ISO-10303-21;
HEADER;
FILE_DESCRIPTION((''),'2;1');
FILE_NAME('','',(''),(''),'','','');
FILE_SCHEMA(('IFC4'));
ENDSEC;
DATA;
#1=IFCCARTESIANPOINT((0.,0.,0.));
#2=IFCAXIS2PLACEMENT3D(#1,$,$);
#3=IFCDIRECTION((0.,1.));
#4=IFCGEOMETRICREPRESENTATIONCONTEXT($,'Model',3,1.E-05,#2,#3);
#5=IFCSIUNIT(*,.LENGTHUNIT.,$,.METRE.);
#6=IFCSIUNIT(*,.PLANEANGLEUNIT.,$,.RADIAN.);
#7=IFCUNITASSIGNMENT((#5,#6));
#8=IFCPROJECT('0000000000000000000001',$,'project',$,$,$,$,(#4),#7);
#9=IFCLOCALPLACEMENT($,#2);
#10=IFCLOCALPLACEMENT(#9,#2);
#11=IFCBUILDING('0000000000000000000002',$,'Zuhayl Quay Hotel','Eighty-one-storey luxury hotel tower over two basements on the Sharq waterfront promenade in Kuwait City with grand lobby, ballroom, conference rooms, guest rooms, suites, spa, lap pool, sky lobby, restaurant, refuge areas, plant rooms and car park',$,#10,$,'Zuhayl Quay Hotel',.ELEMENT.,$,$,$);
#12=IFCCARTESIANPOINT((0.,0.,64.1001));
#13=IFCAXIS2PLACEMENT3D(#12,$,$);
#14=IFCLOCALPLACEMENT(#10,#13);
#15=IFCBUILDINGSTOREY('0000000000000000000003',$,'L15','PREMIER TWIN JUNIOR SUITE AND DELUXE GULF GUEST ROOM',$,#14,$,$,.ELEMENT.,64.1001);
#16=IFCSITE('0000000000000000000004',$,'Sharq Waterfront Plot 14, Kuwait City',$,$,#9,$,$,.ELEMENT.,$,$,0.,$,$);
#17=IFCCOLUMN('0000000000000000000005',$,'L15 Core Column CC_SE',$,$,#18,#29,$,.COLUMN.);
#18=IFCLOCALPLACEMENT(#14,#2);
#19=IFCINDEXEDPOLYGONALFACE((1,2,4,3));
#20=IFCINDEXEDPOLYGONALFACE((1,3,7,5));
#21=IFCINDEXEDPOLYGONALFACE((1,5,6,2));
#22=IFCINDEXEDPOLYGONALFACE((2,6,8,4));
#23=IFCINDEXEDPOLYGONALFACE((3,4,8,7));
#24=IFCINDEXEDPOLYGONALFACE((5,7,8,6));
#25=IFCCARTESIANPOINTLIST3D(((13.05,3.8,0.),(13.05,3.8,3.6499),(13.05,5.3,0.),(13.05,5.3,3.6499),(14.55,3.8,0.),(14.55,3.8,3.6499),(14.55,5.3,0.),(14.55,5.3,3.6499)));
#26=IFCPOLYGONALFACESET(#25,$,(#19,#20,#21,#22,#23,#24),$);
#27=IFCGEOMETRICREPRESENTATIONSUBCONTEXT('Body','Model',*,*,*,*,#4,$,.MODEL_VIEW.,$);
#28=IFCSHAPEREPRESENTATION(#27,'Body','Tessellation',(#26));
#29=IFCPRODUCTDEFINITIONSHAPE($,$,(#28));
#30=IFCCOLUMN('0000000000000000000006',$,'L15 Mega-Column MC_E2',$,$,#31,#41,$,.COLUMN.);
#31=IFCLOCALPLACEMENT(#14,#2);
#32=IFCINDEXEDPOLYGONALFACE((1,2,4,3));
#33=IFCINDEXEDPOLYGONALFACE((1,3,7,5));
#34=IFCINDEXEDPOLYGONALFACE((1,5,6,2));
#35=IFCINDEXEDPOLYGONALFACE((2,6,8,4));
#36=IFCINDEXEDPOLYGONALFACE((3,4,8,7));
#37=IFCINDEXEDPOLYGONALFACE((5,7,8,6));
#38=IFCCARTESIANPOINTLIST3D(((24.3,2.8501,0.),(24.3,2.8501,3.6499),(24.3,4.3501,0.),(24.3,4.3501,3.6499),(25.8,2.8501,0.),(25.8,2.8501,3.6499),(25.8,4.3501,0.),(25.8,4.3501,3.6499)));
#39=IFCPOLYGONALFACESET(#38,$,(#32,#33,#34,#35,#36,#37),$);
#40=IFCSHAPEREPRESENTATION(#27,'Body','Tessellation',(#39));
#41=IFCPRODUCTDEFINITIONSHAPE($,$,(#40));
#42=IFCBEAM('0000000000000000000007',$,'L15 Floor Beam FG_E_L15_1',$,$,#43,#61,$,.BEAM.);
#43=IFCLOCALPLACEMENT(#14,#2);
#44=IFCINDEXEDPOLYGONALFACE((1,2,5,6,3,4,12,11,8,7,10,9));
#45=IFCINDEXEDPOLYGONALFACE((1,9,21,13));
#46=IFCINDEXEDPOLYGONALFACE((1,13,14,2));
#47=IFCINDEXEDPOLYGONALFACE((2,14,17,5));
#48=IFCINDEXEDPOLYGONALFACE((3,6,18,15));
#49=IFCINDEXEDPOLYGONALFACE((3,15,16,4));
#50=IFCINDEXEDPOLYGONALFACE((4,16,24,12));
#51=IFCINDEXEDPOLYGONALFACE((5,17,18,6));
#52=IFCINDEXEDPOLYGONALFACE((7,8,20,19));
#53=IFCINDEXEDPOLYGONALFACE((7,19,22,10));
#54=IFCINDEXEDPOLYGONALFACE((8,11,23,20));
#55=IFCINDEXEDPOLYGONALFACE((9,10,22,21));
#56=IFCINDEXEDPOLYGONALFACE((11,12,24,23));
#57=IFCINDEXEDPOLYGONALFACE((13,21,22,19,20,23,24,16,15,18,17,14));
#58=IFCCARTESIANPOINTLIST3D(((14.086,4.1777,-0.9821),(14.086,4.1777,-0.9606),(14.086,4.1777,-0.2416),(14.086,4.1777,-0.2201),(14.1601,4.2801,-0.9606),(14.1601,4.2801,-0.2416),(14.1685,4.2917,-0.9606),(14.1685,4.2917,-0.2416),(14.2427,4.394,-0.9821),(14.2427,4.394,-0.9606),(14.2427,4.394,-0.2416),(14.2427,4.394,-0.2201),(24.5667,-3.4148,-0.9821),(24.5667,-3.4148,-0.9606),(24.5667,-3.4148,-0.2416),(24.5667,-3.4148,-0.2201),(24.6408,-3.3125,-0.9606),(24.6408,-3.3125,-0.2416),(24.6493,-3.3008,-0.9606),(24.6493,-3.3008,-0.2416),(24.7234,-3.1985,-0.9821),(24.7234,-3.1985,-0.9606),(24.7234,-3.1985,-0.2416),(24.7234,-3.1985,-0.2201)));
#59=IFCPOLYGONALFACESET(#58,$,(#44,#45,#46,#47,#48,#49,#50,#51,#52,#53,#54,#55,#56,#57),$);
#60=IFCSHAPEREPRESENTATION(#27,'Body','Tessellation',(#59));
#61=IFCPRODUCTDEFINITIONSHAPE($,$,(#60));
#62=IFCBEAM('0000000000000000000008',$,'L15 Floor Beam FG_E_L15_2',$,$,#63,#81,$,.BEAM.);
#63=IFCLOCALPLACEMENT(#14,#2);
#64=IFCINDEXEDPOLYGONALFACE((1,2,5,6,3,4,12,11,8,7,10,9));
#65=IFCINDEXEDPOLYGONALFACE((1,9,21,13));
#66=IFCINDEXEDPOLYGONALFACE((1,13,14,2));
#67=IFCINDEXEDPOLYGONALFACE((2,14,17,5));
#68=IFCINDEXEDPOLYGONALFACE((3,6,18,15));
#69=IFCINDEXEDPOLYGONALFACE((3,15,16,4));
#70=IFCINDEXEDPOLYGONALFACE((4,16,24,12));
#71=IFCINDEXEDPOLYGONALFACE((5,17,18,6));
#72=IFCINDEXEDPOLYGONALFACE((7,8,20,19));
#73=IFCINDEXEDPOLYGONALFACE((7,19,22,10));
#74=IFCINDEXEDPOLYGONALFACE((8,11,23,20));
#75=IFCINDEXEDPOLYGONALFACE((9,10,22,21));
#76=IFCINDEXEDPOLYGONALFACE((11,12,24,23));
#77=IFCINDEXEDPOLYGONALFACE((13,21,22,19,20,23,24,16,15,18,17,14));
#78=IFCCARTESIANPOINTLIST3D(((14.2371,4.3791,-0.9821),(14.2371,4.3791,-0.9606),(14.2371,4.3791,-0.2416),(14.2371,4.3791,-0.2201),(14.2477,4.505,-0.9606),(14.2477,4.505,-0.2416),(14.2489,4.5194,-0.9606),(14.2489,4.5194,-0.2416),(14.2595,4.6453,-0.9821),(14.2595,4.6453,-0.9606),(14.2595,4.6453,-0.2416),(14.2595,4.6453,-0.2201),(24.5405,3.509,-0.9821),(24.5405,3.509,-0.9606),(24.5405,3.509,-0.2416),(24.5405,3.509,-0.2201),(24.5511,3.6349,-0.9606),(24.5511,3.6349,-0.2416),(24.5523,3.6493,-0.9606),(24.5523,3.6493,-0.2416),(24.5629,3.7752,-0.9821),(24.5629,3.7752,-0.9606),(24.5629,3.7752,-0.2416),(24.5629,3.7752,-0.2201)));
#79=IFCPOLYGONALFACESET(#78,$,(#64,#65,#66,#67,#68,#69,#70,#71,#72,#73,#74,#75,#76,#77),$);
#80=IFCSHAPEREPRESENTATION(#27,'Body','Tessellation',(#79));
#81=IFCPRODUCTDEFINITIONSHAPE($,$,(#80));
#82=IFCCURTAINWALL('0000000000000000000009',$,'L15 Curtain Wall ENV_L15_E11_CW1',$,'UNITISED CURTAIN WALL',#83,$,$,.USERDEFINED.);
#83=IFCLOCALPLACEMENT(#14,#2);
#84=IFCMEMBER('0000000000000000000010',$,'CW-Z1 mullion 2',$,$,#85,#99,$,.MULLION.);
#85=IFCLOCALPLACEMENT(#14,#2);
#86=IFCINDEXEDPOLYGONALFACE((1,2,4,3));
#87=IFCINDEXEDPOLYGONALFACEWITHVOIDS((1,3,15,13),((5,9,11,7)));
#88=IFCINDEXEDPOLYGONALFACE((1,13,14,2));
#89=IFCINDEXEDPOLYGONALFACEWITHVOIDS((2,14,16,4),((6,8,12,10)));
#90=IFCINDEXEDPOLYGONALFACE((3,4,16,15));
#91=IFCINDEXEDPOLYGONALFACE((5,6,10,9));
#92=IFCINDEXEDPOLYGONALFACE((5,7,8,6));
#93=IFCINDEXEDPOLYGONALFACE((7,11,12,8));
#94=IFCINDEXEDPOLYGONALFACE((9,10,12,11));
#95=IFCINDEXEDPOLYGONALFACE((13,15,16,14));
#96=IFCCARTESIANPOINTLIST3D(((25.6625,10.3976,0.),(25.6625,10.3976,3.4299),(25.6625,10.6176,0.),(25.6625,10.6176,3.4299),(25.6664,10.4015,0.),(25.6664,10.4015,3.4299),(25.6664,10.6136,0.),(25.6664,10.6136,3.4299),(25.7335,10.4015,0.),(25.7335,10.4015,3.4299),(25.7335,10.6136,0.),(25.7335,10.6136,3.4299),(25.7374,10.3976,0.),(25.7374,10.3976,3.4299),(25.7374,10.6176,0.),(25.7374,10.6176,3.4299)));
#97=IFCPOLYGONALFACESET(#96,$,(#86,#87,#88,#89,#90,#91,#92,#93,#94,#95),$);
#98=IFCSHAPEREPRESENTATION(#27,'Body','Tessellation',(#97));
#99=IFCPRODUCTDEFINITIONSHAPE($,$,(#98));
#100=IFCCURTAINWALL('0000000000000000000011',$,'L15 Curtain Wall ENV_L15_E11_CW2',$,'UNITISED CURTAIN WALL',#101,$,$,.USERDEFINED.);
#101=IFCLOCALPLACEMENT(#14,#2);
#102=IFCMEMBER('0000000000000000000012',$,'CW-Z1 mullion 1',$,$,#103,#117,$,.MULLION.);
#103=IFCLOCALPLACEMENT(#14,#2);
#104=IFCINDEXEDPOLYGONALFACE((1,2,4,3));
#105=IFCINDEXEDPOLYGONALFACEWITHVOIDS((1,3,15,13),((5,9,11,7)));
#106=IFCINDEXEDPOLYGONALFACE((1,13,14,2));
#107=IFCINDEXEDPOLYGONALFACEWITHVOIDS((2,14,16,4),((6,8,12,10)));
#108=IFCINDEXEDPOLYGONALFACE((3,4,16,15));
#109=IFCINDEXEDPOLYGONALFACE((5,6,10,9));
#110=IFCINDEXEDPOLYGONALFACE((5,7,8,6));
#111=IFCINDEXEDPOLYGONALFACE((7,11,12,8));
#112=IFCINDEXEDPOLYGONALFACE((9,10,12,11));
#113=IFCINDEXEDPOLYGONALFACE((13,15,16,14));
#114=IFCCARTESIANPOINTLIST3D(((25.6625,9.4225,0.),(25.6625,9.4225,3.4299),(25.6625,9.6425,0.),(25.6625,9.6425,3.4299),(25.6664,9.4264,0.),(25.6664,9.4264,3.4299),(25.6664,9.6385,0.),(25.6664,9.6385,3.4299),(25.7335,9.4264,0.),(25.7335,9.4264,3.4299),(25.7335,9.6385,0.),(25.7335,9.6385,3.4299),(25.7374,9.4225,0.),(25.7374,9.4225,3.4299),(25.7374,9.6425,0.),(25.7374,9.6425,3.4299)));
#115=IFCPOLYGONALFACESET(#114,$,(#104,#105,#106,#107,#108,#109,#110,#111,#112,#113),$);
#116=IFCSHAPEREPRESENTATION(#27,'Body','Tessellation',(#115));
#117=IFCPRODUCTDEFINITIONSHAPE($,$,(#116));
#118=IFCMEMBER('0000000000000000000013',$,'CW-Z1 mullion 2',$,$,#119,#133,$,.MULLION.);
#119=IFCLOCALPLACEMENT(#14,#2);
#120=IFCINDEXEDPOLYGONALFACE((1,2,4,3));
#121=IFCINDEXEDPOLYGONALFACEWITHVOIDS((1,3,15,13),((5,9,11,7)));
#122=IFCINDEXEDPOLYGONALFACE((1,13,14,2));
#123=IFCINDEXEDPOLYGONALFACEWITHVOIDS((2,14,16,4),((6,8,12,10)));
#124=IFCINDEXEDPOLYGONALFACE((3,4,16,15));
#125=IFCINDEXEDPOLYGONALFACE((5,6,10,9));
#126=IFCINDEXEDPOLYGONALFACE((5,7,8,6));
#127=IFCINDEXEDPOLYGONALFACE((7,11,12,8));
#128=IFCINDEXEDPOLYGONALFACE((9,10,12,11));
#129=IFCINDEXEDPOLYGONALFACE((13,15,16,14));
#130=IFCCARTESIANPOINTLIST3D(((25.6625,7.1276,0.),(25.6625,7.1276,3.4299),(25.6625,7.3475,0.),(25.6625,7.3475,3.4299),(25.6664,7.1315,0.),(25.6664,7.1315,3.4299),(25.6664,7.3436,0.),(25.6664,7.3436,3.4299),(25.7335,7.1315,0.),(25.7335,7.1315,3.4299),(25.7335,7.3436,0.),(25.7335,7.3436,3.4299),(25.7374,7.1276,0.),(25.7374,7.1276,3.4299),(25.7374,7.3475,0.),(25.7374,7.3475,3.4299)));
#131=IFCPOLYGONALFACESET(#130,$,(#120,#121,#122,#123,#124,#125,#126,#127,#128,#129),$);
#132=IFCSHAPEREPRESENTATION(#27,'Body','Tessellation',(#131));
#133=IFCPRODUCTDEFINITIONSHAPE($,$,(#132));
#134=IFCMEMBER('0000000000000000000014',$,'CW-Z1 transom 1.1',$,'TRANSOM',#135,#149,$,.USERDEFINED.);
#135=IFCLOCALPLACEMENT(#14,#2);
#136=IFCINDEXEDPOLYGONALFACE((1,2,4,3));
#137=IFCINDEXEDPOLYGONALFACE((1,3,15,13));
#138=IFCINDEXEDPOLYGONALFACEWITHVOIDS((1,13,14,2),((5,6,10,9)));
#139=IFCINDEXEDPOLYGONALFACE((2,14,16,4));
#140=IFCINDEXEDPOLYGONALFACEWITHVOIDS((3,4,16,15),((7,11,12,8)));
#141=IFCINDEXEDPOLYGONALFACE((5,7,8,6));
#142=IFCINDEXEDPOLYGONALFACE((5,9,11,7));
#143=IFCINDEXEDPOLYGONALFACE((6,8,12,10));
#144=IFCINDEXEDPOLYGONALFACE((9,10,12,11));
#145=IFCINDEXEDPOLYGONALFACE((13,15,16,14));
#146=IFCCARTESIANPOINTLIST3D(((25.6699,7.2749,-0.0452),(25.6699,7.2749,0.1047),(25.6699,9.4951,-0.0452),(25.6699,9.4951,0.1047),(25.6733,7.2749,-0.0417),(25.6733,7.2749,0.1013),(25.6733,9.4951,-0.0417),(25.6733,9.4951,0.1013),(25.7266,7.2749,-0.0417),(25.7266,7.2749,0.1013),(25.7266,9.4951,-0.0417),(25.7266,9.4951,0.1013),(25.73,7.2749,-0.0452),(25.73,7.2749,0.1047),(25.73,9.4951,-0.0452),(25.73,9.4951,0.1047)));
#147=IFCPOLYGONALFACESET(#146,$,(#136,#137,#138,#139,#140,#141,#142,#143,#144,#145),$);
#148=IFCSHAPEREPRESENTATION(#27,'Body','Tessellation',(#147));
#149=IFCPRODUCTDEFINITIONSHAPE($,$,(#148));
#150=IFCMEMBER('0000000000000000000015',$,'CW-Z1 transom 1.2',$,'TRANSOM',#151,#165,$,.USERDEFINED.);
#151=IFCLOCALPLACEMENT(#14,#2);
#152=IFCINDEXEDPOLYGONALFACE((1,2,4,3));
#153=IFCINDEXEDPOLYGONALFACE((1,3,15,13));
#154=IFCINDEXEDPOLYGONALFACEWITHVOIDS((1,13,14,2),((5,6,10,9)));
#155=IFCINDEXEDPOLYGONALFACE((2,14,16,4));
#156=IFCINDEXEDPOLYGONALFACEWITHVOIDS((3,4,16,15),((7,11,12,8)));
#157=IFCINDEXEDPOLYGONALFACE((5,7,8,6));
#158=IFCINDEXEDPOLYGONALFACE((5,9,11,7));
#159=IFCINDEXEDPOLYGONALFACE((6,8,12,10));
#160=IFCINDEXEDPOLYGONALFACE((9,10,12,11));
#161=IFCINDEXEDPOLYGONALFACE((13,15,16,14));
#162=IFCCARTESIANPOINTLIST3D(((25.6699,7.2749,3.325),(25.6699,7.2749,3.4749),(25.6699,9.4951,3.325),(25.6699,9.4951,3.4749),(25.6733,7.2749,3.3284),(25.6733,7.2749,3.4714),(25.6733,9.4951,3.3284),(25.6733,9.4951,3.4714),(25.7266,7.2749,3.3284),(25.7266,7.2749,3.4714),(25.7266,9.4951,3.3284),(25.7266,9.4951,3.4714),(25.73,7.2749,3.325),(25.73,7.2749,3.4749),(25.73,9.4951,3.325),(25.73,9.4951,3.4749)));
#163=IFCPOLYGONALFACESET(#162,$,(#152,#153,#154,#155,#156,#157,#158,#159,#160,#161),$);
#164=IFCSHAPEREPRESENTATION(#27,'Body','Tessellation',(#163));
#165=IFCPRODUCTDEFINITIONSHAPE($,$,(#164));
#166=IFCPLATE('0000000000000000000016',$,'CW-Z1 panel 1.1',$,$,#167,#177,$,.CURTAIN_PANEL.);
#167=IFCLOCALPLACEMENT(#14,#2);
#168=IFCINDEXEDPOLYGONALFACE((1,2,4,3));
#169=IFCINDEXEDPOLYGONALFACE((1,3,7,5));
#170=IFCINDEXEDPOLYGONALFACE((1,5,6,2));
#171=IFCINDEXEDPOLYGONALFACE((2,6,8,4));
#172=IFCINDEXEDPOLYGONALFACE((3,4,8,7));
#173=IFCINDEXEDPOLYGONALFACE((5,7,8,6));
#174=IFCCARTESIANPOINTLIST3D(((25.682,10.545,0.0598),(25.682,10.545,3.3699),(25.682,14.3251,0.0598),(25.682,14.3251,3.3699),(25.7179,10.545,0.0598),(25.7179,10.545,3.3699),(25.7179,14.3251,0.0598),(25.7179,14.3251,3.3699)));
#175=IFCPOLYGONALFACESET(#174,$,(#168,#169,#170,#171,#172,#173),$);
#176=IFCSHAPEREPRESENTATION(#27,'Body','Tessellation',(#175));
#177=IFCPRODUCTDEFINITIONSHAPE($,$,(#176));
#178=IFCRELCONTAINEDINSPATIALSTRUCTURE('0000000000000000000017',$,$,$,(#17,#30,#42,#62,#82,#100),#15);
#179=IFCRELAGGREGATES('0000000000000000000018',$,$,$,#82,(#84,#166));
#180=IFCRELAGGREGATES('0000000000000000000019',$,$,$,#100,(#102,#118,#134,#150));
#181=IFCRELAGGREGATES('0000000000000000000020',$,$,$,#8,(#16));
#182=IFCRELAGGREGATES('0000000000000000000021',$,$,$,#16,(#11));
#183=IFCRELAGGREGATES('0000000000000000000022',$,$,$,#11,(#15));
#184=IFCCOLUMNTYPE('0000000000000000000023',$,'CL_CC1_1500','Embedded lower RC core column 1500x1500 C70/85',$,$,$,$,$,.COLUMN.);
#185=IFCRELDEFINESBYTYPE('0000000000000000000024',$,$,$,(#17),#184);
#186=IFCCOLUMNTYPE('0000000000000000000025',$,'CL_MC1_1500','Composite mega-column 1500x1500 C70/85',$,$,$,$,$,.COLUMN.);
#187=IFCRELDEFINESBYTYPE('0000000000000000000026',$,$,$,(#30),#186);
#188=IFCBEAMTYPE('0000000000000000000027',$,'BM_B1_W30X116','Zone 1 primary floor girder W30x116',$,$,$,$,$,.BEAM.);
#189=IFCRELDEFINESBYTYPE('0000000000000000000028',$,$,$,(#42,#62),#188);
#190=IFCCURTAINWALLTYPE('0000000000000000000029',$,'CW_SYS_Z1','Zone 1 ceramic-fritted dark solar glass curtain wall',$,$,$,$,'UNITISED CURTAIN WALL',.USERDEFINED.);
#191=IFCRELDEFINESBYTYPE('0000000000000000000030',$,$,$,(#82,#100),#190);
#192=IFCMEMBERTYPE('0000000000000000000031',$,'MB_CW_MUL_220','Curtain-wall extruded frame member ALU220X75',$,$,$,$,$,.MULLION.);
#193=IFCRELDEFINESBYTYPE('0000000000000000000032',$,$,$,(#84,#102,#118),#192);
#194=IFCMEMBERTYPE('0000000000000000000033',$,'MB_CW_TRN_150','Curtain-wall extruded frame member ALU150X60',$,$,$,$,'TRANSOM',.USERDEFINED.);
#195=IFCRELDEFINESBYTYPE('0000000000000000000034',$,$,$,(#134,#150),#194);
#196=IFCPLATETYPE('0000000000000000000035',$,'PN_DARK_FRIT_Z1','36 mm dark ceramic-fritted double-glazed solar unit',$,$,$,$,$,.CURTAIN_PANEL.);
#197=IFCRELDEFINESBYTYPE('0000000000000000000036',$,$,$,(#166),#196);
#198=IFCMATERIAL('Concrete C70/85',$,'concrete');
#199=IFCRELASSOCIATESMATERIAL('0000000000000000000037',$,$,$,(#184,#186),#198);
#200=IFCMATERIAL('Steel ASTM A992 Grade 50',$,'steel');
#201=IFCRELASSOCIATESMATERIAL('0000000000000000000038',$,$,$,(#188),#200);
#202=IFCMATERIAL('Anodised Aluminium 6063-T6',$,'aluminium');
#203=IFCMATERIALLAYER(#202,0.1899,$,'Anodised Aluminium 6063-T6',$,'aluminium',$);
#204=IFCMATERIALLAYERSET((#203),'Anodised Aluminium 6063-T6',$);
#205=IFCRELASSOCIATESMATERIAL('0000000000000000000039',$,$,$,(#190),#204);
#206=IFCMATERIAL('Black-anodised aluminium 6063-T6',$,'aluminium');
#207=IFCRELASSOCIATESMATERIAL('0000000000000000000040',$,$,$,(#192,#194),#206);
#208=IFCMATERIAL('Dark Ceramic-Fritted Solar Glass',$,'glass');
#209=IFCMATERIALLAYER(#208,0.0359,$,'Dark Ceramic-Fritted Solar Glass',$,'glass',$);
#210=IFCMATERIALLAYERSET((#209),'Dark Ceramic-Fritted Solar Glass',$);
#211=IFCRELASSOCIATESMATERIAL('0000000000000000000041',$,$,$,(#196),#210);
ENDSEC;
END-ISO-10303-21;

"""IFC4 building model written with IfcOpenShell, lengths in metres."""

from ifc_helpers import new_model, si_unit, direction, frame, origin, origin_2d, place, context, subcontext, project, spatial, rectangle, hollow_rectangle, i_section, extrude, material, layer, layer_set, material_profile, profile_set, type_object, element, aggregate, save


model = new_model("IFC4")

# Units and contexts
model_context = context("Model", 3, precision=1e-05, world=origin(), true_north=direction((0.0, 1.0)))
body_context = subcontext(model_context, "Body", "Model", "MODEL_VIEW")
ifc_project = project(units=[si_unit("LENGTHUNIT", "METRE"), si_unit("PLANEANGLEUNIT", "RADIAN")], contexts=[model_context])

# Site, building, storey
site_placement = place(None, origin())
site = spatial("IfcSite", under=ifc_project, at=site_placement, Name="Sharq Waterfront Plot 14, Kuwait City", CompositionType="ELEMENT", RefElevation=0.0)
building_placement = place(site_placement, origin())
building = spatial("IfcBuilding", under=site, at=building_placement, Name="Zuhayl Quay Hotel", Description="Eighty-one-storey luxury hotel tower over two basements on the Sharq waterfront promenade in Kuwait City with grand lobby, ballroom, conference rooms, guest rooms, suites, spa, lap pool, sky lobby, restaurant, refuge areas, plant rooms and car park", LongName="Zuhayl Quay Hotel", CompositionType="ELEMENT")
storey_placement = place(building_placement, frame((0.0, 0.0, 64.1001)))
storey = spatial("IfcBuildingStorey", under=building, at=storey_placement, Name="L15", Description="PREMIER TWIN JUNIOR SUITE AND DELUXE GULF GUEST ROOM", CompositionType="ELEMENT", Elevation=64.1001)

# Columns
ifc_material_1 = material(Name="Concrete C70/85", Category="concrete")
ifc_material_profile_1 = material_profile(ifc_material_1, rectangle(XDim=1.5, YDim=1.5, at=origin_2d()), Name="RC1500X1500")
ifc_profile_set_1 = profile_set([ifc_material_profile_1], Name="Concrete C70/85")
column_type_1 = type_object("IfcColumnType", Name="CL_CC1_1500", Description="Embedded lower RC core column 1500x1500 C70/85", PredefinedType="COLUMN", material=ifc_profile_set_1)
column_1_placement = place(storey_placement, frame((13.8, 4.55, 0.0), z_axis=(0.0, 0.0, 1.0), x_axis=(1.0, 0.0, 0.0)))
element("IfcColumn", 1, at=column_1_placement, inside=storey, type_object=column_type_1, Name="L15 Core Column CC_SE", PredefinedType="COLUMN", context=body_context, shape_type="SweptSolid", body=[
    extrude(rectangle(XDim=1.5, YDim=1.5, at=origin_2d()), origin(), (0.0, 0.0, 1.0), 3.6499),
])
ifc_material_profile_2 = material_profile(ifc_material_1, rectangle(XDim=1.5, YDim=1.5, at=origin_2d()), Name="RC1500X1500")
ifc_profile_set_2 = profile_set([ifc_material_profile_2], Name="Concrete C70/85")
column_type_2 = type_object("IfcColumnType", Name="CL_MC1_1500", Description="Composite mega-column 1500x1500 C70/85", PredefinedType="COLUMN", material=ifc_profile_set_2)
column_2_placement = place(storey_placement, frame((25.05, 3.6001, 0.0), z_axis=(0.0, 0.0, 1.0), x_axis=(1.0, 0.0, 0.0)))
element("IfcColumn", 2, at=column_2_placement, inside=storey, type_object=column_type_2, Name="L15 Mega-Column MC_E2", PredefinedType="COLUMN", context=body_context, shape_type="SweptSolid", body=[
    extrude(rectangle(XDim=1.5, YDim=1.5, at=origin_2d()), origin(), (0.0, 0.0, 1.0), 3.6499),
])

# Beams
ifc_material_2 = material(Name="Steel ASTM A992 Grade 50", Category="steel")
ifc_material_profile_3 = material_profile(ifc_material_2, i_section(OverallWidth=0.2671, OverallDepth=0.762, WebThickness=0.0144, FlangeThickness=0.0215, at=origin_2d()), Name="W30X116")
ifc_profile_set_3 = profile_set([ifc_material_profile_3], Name="Steel ASTM A992 Grade 50")
beam_type = type_object("IfcBeamType", Name="BM_B1_W30X116", Description="Zone 1 primary floor girder W30x116", PredefinedType="BEAM", material=ifc_profile_set_3)
beam_1_placement = place(storey_placement, frame((14.1643, 4.2859, -0.6011), z_axis=(0.80983, -0.586664, 0.0), x_axis=(0.586664, 0.80983, 0.0)))
element("IfcBeam", 3, at=beam_1_placement, inside=storey, type_object=beam_type, Name="L15 Floor Beam FG_E_L15_1", PredefinedType="BEAM", context=body_context, shape_type="SweptSolid", body=[
    extrude(i_section(OverallWidth=0.2671, OverallDepth=0.762, WebThickness=0.0144, FlangeThickness=0.0215, at=origin_2d()), origin(), (0.0, 0.0, 1.0), 12.9419),
])
beam_2_placement = place(storey_placement, frame((14.2483, 4.5122, -0.6011), z_axis=(0.996453, -0.084149, 0.0), x_axis=(0.084149, 0.996453, 0.0)))
element("IfcBeam", 4, at=beam_2_placement, inside=storey, type_object=beam_type, Name="L15 Floor Beam FG_E_L15_2", PredefinedType="BEAM", context=body_context, shape_type="SweptSolid", body=[
    extrude(i_section(OverallWidth=0.2671, OverallDepth=0.762, WebThickness=0.0144, FlangeThickness=0.0215, at=origin_2d()), origin(), (0.0, 0.0, 1.0), 10.3401),
])

# Curtain wall, member
ifc_material_3 = material(Name="Anodised Aluminium 6063-T6", Category="aluminium")
ifc_layer_1 = layer(ifc_material_3, 0.1899, Name="Anodised Aluminium 6063-T6", Category="aluminium")
ifc_layer_set_1 = layer_set([ifc_layer_1], Name="Anodised Aluminium 6063-T6")
curtain_wall_type = type_object("IfcCurtainWallType", Name="CW_SYS_Z1", Description="Zone 1 ceramic-fritted dark solar glass curtain wall", ElementType="UNITISED CURTAIN WALL", PredefinedType="USERDEFINED", material=ifc_layer_set_1)
curtain_wall_1_placement = place(storey_placement, origin())
curtain_wall_1 = element("IfcCurtainWall", 5, at=curtain_wall_1_placement, inside=storey, type_object=curtain_wall_type, Name="L15 Curtain Wall ENV_L15_E11_CW1", ObjectType="UNITISED CURTAIN WALL", PredefinedType="USERDEFINED")
ifc_material_4 = material(Name="Black-anodised aluminium 6063-T6", Category="aluminium")
ifc_material_profile_4 = material_profile(ifc_material_4, hollow_rectangle(XDim=0.075, YDim=0.22, WallThickness=0.0039, at=origin_2d()), Name="ALU220X75")
ifc_profile_set_4 = profile_set([ifc_material_profile_4], Name="Black-anodised aluminium 6063-T6")
member_type_1 = type_object("IfcMemberType", Name="MB_CW_MUL_220", Description="Curtain-wall extruded frame member ALU220X75", PredefinedType="MULLION", material=ifc_profile_set_4)
member_1_placement = place(storey_placement, frame((25.7, 10.5076, 0.0), z_axis=(0.0, 0.0, 1.0), x_axis=(1.0, 0.0, 0.0)))
member_1 = element("IfcMember", 6, at=member_1_placement, type_object=member_type_1, Name="CW-Z1 mullion 2", PredefinedType="MULLION", context=body_context, shape_type="SweptSolid", body=[
    extrude(hollow_rectangle(XDim=0.075, YDim=0.22, WallThickness=0.0039, at=origin_2d()), origin(), (0.0, 0.0, 1.0), 3.4299),
])

# Curtain wall, members
curtain_wall_2_placement = place(storey_placement, origin())
curtain_wall_2 = element("IfcCurtainWall", 7, at=curtain_wall_2_placement, inside=storey, type_object=curtain_wall_type, Name="L15 Curtain Wall ENV_L15_E11_CW2", ObjectType="UNITISED CURTAIN WALL", PredefinedType="USERDEFINED")
member_2_placement = place(storey_placement, frame((25.7, 9.5325, 0.0), z_axis=(0.0, 0.0, 1.0), x_axis=(1.0, 0.0, 0.0)))
member_2 = element("IfcMember", 8, at=member_2_placement, type_object=member_type_1, Name="CW-Z1 mullion 1", PredefinedType="MULLION", context=body_context, shape_type="SweptSolid", body=[
    extrude(hollow_rectangle(XDim=0.075, YDim=0.22, WallThickness=0.0039, at=origin_2d()), origin(), (0.0, 0.0, 1.0), 3.4299),
])
member_3_placement = place(storey_placement, frame((25.7, 7.2375, 0.0), z_axis=(0.0, 0.0, 1.0), x_axis=(1.0, 0.0, 0.0)))
member_3 = element("IfcMember", 9, at=member_3_placement, type_object=member_type_1, Name="CW-Z1 mullion 2", PredefinedType="MULLION", context=body_context, shape_type="SweptSolid", body=[
    extrude(hollow_rectangle(XDim=0.075, YDim=0.22, WallThickness=0.0039, at=origin_2d()), origin(), (0.0, 0.0, 1.0), 3.4299),
])
ifc_material_profile_5 = material_profile(ifc_material_4, hollow_rectangle(XDim=0.0601, YDim=0.1499, WallThickness=0.0034, at=origin_2d()), Name="ALU150X60")
ifc_profile_set_5 = profile_set([ifc_material_profile_5], Name="Black-anodised aluminium 6063-T6")
member_type_2 = type_object("IfcMemberType", Name="MB_CW_TRN_150", Description="Curtain-wall extruded frame member ALU150X60", ElementType="TRANSOM", PredefinedType="USERDEFINED", material=ifc_profile_set_5)
member_4_placement = place(storey_placement, frame((25.7, 9.4951, 0.0298), z_axis=(0.0, -1.0, 0.0), x_axis=(1.0, 0.0, 0.0)))
member_4 = element("IfcMember", 10, at=member_4_placement, type_object=member_type_2, Name="CW-Z1 transom 1.1", ObjectType="TRANSOM", PredefinedType="USERDEFINED", context=body_context, shape_type="SweptSolid", body=[
    extrude(hollow_rectangle(XDim=0.0601, YDim=0.1499, WallThickness=0.0034, at=origin_2d()), origin(), (0.0, 0.0, 1.0), 2.2202),
])
member_5_placement = place(storey_placement, frame((25.7, 9.4951, 3.3999), z_axis=(0.0, -1.0, 0.0), x_axis=(1.0, 0.0, 0.0)))
member_5 = element("IfcMember", 11, at=member_5_placement, type_object=member_type_2, Name="CW-Z1 transom 1.2", ObjectType="TRANSOM", PredefinedType="USERDEFINED", context=body_context, shape_type="SweptSolid", body=[
    extrude(hollow_rectangle(XDim=0.0601, YDim=0.1499, WallThickness=0.0034, at=origin_2d()), origin(), (0.0, 0.0, 1.0), 2.2202),
])

# Plate
ifc_material_5 = material(Name="Dark Ceramic-Fritted Solar Glass", Category="glass")
ifc_layer_2 = layer(ifc_material_5, 0.0359, Name="Dark Ceramic-Fritted Solar Glass", Category="glass")
ifc_layer_set_2 = layer_set([ifc_layer_2], Name="Dark Ceramic-Fritted Solar Glass")
plate_type = type_object("IfcPlateType", Name="PN_DARK_FRIT_Z1", Description="36 mm dark ceramic-fritted double-glazed solar unit", PredefinedType="CURTAIN_PANEL", material=ifc_layer_set_2)
plate_1_placement = place(storey_placement, frame((25.7, 12.4351, 0.0598), z_axis=(0.0, 0.0, 1.0), x_axis=(0.0, -1.0, 0.0)))
plate_1 = element("IfcPlate", 12, at=plate_1_placement, type_object=plate_type, Name="CW-Z1 panel 1.1", PredefinedType="CURTAIN_PANEL", context=body_context, shape_type="SweptSolid", body=[
    extrude(rectangle(XDim=3.78, YDim=0.0359, at=origin_2d()), origin(), (0.0, 0.0, 1.0), 3.3101),
])
aggregate(curtain_wall_1, [member_1, plate_1])
aggregate(curtain_wall_2, [member_2, member_3, member_4, member_5])

save(model, "model.ifc")
